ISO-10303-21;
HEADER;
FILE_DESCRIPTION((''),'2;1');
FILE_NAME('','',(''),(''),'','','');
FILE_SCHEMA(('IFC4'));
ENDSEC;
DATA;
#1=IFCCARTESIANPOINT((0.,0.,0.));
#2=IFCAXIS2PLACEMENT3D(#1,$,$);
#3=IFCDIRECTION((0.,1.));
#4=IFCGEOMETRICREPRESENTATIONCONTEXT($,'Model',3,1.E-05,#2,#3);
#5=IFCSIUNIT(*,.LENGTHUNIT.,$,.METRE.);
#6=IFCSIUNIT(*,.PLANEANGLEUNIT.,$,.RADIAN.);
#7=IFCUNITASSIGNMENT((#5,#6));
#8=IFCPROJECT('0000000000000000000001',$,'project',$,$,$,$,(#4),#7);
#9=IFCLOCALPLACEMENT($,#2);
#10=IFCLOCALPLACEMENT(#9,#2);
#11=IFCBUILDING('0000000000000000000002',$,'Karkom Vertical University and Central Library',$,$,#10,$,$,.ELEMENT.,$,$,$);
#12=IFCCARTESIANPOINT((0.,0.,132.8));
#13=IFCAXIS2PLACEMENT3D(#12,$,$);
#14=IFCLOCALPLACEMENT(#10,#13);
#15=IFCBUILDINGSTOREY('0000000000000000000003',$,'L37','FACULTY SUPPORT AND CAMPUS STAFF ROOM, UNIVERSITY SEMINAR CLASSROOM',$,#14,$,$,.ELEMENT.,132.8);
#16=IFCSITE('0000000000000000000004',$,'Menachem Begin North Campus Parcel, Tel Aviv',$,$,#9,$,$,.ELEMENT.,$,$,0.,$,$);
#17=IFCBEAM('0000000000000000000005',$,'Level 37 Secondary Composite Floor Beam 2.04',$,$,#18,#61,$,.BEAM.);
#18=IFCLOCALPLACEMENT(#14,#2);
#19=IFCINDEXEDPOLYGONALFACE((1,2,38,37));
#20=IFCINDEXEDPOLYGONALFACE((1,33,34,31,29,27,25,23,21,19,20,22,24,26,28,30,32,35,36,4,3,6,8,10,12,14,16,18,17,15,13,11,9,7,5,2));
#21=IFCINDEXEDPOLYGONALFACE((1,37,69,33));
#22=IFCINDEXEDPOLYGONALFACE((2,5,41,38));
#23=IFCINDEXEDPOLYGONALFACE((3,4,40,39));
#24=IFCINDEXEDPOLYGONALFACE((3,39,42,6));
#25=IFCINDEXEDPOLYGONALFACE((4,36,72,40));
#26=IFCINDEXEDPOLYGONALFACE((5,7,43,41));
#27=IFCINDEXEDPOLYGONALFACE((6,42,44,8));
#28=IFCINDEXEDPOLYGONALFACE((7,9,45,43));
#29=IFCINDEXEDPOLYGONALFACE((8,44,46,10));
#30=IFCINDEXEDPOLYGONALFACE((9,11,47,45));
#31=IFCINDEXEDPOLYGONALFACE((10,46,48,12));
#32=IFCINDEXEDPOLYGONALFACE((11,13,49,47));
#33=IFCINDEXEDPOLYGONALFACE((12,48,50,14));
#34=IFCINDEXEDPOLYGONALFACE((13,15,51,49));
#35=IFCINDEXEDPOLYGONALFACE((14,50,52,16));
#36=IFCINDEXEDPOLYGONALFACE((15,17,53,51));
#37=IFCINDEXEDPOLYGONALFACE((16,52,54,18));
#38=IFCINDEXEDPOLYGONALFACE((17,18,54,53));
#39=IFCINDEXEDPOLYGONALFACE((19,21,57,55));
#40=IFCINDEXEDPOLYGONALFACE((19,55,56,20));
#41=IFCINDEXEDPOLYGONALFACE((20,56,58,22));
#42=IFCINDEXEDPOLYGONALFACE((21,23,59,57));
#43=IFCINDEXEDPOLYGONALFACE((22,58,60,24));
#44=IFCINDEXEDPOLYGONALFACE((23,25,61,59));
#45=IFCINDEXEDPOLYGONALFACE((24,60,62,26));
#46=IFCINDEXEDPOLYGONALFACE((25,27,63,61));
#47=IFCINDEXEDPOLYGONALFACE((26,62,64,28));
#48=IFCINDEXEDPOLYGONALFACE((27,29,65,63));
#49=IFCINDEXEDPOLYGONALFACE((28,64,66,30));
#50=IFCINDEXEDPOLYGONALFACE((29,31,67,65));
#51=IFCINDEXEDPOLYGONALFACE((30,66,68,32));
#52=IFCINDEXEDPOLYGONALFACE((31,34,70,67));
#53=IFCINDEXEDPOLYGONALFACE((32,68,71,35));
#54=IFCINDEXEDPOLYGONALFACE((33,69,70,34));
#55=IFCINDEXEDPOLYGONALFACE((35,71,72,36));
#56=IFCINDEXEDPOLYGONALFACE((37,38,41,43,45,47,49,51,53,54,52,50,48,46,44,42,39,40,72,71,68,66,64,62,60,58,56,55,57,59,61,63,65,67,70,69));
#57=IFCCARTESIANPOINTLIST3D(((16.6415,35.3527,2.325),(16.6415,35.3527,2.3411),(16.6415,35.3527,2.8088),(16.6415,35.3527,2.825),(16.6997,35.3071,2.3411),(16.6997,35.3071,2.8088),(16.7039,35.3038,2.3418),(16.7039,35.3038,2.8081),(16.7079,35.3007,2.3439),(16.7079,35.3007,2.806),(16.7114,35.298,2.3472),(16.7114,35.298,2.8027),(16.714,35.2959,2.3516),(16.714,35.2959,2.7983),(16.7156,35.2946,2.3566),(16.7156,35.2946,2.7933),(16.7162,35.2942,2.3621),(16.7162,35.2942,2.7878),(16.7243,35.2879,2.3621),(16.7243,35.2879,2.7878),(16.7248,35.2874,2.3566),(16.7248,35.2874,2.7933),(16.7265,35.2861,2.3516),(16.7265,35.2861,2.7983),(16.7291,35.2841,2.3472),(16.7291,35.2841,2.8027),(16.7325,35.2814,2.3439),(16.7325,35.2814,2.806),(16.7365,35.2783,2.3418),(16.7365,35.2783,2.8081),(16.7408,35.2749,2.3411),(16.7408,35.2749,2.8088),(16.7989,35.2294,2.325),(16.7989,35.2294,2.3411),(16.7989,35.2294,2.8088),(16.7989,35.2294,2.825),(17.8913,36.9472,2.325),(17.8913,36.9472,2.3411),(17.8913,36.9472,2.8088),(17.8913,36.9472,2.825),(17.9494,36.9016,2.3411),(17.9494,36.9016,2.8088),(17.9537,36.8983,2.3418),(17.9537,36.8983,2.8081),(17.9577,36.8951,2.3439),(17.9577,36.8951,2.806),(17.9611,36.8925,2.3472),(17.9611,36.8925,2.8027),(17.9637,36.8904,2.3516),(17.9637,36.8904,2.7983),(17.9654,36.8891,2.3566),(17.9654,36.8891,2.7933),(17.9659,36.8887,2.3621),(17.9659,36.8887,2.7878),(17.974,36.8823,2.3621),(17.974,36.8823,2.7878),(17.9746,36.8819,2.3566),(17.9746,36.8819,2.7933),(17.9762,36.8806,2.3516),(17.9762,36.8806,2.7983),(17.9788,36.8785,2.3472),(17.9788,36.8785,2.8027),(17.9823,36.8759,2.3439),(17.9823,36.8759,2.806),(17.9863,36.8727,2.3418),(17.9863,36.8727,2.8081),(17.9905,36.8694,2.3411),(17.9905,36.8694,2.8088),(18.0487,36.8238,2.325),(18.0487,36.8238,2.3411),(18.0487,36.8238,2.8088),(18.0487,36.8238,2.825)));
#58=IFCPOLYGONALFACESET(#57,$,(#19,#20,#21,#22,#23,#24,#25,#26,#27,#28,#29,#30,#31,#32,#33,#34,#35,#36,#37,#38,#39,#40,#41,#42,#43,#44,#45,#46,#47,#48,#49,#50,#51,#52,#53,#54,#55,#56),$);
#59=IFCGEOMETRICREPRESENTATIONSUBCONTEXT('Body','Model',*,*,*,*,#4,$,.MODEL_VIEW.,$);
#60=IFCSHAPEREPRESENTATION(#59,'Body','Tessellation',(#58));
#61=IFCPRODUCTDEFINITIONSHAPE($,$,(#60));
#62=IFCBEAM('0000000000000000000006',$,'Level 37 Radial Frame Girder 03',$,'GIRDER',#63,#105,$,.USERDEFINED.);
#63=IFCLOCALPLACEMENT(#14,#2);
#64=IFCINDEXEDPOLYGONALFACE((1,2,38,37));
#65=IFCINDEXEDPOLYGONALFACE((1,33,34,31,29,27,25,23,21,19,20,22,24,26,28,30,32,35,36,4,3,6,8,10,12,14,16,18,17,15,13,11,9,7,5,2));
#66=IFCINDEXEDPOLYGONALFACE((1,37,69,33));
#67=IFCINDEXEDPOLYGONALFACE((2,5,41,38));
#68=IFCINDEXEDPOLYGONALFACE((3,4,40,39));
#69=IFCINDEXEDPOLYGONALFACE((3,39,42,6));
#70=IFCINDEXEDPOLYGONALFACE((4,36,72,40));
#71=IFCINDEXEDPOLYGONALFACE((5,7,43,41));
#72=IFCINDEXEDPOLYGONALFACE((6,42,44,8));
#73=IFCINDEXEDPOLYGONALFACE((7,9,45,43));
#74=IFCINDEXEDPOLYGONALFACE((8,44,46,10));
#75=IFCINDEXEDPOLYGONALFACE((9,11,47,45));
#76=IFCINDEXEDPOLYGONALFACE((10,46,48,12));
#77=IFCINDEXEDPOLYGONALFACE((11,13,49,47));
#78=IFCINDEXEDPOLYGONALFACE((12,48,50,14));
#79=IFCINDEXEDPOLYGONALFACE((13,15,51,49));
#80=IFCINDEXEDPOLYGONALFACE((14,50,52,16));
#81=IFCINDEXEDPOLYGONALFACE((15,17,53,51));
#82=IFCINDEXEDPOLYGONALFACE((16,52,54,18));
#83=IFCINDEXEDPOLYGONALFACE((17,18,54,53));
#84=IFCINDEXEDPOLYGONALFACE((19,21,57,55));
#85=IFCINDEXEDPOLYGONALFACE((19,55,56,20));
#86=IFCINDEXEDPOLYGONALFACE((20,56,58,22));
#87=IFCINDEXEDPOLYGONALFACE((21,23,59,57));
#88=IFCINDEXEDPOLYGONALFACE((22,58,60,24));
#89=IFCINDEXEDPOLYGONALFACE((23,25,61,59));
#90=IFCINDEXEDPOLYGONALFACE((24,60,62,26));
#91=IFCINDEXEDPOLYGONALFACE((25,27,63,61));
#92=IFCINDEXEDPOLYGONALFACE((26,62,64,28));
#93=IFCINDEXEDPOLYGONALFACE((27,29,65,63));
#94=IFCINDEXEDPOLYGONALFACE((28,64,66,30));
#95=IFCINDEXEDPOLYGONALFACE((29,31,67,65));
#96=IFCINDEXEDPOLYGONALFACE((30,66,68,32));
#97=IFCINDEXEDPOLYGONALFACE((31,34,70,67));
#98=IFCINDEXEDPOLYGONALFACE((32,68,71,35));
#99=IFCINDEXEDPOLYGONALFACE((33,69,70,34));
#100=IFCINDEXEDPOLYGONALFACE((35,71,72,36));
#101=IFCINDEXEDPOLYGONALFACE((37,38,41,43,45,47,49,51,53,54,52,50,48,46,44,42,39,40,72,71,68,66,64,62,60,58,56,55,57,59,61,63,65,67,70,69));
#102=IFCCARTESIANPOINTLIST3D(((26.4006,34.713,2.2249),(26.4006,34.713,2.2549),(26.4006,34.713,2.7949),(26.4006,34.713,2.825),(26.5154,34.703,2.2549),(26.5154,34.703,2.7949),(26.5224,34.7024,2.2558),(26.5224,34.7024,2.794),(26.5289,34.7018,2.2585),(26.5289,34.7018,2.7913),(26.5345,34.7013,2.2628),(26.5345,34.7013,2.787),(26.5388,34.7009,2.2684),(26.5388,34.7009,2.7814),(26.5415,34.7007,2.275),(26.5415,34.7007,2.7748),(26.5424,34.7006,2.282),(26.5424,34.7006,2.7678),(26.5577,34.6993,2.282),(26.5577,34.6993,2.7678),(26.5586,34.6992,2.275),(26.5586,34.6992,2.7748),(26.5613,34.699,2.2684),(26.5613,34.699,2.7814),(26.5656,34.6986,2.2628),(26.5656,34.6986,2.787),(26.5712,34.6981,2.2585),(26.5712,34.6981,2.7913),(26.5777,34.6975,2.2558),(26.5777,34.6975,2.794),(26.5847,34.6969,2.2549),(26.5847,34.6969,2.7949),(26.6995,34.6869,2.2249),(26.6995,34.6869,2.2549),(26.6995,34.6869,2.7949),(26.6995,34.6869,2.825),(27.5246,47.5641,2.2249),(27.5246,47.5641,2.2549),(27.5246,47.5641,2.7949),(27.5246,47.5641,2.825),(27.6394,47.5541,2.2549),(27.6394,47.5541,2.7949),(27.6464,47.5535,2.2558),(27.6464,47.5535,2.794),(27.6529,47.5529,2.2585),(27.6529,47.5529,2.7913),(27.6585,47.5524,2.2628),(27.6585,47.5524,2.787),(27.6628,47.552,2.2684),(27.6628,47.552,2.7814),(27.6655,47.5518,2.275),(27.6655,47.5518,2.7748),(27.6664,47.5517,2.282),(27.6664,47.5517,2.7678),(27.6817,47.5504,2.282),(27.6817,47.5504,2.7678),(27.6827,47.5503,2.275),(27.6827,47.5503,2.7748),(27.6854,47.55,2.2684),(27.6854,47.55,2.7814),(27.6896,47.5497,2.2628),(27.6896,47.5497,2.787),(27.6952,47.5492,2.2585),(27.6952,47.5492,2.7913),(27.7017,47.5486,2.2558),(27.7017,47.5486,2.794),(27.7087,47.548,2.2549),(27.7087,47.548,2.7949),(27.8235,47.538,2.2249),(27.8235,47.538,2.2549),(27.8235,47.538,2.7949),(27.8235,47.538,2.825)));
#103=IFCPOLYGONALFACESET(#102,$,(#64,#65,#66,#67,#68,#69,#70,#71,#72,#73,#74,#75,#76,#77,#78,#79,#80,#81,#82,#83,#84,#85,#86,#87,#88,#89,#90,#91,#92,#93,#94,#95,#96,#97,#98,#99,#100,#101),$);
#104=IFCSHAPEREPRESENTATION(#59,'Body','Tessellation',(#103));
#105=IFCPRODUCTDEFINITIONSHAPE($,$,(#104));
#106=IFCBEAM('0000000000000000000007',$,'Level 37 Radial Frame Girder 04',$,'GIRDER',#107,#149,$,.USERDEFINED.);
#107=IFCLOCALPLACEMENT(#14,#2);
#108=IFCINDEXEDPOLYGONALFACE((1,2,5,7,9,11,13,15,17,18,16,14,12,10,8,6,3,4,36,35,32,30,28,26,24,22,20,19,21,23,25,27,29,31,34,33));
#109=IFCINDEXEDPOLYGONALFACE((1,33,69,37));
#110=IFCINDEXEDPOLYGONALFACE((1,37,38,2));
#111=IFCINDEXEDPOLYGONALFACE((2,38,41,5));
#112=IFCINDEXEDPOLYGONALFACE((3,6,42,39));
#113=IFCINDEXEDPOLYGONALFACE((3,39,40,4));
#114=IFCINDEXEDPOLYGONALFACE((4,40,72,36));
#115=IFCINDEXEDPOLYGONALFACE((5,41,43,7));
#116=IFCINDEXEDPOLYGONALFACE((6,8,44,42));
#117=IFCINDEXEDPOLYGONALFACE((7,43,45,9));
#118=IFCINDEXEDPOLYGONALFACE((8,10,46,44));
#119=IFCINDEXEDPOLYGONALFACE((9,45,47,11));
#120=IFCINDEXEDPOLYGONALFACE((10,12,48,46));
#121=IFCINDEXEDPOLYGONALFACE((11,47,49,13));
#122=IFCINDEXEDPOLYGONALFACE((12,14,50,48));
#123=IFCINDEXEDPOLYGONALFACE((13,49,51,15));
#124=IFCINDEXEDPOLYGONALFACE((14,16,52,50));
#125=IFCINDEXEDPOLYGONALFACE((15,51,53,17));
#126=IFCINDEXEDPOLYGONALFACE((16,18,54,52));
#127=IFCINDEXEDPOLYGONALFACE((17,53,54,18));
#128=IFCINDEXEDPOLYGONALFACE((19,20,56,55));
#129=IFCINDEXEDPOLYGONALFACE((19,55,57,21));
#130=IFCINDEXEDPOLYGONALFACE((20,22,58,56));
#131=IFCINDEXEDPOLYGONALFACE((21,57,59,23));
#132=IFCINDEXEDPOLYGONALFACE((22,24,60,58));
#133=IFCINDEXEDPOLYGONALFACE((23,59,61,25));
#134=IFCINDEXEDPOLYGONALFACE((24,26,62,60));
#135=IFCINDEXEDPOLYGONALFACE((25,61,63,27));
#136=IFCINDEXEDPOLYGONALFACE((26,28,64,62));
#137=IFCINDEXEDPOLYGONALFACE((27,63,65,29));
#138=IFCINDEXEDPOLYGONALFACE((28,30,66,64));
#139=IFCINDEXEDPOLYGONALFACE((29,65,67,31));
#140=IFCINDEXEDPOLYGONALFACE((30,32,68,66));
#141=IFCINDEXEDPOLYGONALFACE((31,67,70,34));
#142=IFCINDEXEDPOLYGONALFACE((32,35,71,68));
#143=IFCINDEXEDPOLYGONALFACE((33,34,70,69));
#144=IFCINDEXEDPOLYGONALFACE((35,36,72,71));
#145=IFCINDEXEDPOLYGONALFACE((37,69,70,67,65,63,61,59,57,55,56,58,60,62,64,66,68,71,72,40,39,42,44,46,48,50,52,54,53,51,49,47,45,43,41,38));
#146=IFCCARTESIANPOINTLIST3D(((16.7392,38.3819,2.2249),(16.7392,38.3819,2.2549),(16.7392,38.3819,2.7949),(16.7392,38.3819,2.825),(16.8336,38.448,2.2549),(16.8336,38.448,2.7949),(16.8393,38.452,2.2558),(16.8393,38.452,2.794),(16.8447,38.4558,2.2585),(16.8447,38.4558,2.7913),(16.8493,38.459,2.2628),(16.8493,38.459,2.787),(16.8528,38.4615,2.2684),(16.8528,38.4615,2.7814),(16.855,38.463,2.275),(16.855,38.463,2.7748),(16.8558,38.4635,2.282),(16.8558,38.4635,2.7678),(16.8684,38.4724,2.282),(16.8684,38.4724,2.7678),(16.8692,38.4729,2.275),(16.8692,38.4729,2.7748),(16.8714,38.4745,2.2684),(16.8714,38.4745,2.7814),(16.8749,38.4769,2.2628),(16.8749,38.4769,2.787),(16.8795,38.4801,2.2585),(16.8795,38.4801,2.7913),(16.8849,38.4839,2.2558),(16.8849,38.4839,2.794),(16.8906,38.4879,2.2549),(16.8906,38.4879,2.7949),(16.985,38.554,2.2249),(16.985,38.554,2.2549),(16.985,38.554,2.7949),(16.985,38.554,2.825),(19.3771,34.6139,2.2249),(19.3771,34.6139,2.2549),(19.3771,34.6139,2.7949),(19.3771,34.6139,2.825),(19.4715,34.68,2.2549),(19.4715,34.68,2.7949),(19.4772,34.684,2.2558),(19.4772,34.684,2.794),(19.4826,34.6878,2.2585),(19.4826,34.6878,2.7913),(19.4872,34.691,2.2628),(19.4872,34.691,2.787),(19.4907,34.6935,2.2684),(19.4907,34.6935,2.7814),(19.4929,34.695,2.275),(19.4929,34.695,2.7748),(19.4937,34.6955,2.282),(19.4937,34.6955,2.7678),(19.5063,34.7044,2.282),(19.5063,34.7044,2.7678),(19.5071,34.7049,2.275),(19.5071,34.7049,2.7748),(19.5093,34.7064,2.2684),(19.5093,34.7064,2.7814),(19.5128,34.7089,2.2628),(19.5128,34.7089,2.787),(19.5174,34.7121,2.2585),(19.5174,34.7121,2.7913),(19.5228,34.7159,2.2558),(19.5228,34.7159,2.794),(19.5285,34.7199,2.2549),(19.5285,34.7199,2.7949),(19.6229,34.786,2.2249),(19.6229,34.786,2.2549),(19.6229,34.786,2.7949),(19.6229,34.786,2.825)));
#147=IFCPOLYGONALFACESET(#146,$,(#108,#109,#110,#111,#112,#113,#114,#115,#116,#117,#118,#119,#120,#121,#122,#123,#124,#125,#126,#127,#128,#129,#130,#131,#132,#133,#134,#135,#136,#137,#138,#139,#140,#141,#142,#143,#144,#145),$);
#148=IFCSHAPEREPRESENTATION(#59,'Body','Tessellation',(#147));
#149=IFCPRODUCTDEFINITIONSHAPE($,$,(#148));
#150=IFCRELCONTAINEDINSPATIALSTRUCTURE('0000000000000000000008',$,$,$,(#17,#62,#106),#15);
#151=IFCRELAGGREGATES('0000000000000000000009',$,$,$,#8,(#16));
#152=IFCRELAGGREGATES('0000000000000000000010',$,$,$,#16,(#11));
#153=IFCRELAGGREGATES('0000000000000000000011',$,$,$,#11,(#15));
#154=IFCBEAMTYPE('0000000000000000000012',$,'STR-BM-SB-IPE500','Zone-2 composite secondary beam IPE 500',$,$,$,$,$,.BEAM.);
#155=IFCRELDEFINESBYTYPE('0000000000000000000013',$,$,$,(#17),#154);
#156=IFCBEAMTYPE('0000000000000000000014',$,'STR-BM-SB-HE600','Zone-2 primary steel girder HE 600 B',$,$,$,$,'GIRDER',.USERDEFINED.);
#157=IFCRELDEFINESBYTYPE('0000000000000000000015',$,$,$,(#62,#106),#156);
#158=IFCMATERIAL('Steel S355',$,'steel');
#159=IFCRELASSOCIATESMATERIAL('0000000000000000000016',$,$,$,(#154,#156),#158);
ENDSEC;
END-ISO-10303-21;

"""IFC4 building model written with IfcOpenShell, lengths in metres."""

from ifc_helpers import new_model, si_unit, direction, frame, origin, origin_with_axes, origin_2d, place, context, subcontext, project, spatial, i_section, extrude, source, transform, mapped, material, material_profile, profile_set, type_object, element, save


model = new_model("IFC4")

# Units and contexts
model_context = context("Model", 3, precision=1e-05, world=origin(), true_north=direction((0.0, 1.0)))
body_context = subcontext(model_context, "Body", "Model", "MODEL_VIEW")
ifc_project = project(units=[si_unit("LENGTHUNIT", "METRE"), si_unit("PLANEANGLEUNIT", "RADIAN")], contexts=[model_context])

# Site, building, storey
site_placement = place(None, origin())
site = spatial("IfcSite", under=ifc_project, at=site_placement, Name="Menachem Begin North Campus Parcel, Tel Aviv", CompositionType="ELEMENT", RefElevation=0.0)
building_placement = place(site_placement, origin())
building = spatial("IfcBuilding", under=site, at=building_placement, Name="Karkom Vertical University and Central Library", CompositionType="ELEMENT")
storey_placement = place(building_placement, frame((0.0, 0.0, 132.8)))
storey = spatial("IfcBuildingStorey", under=building, at=storey_placement, Name="L37", Description="FACULTY SUPPORT AND CAMPUS STAFF ROOM, UNIVERSITY SEMINAR CLASSROOM", CompositionType="ELEMENT", Elevation=132.8)

# Beams
ifc_material_1 = material(Name="Steel S355", Category="steel")
ifc_material_profile_1 = material_profile(ifc_material_1, i_section(OverallWidth=0.2, OverallDepth=0.5, WebThickness=0.0103, FlangeThickness=0.0161, FilletRadius=0.021, at=origin_2d()), Name="IPE 500")
ifc_profile_set_1 = profile_set([ifc_material_profile_1], Name="Steel S355")
beam_type_1 = type_object("IfcBeamType", Name="STR-BM-SB-IPE500", Description="Zone-2 composite secondary beam IPE 500", PredefinedType="BEAM", material=ifc_profile_set_1)
shared_shape_1 = source(origin_with_axes(), body_context, "Body", "SweptSolid", [
    extrude(i_section(OverallWidth=0.2, OverallDepth=0.5, WebThickness=0.0103, FlangeThickness=0.0161, FilletRadius=0.021, at=origin_2d()), origin(), (0.0, 0.0, 1.0), 2.0259),
])
beam_1_placement = place(storey_placement, frame((17.97, 36.8855, 2.575), z_axis=(-0.61689, -0.78705, 0.0), x_axis=(0.78705, -0.61689, 0.0)))
element("IfcBeam", 1, at=beam_1_placement, inside=storey, type_object=beam_type_1, Name="Level 37 Secondary Composite Floor Beam 2.04", PredefinedType="BEAM", context=body_context, shape_type="MappedRepresentation", body=[
    mapped(shared_shape_1, transform((0.0, 0.0, 0.0), scale=1.0)),
])
ifc_material_profile_2 = material_profile(ifc_material_1, i_section(OverallWidth=0.3, OverallDepth=0.6001, WebThickness=0.0154, FlangeThickness=0.03, FilletRadius=0.0271, at=origin_2d()), Name="HE 600 B")
ifc_profile_set_2 = profile_set([ifc_material_profile_2], Name="Steel S355")
beam_type_2 = type_object("IfcBeamType", Name="STR-BM-SB-HE600", Description="Zone-2 primary steel girder HE 600 B", ElementType="GIRDER", PredefinedType="USERDEFINED", material=ifc_profile_set_2)
shared_shape_2 = source(origin_with_axes(), body_context, "Body", "SweptSolid", [
    extrude(i_section(OverallWidth=0.3, OverallDepth=0.6001, WebThickness=0.0154, FlangeThickness=0.03, FilletRadius=0.0271, at=origin_2d()), origin(), (0.0, 0.0, 1.0), 12.9001),
])
beam_2_placement = place(storey_placement, frame((26.55, 34.7, 2.5249), z_axis=(0.087133, 0.996197, 0.0), x_axis=(-0.996197, 0.087133, 0.0)))
element("IfcBeam", 2, at=beam_2_placement, inside=storey, type_object=beam_type_2, Name="Level 37 Radial Frame Girder 03", ObjectType="GIRDER", PredefinedType="USERDEFINED", context=body_context, shape_type="MappedRepresentation", body=[
    mapped(shared_shape_2, transform((0.0, 0.0, 0.0), scale=1.0)),
])
shared_shape_3 = source(origin_with_axes(), body_context, "Body", "SweptSolid", [
    extrude(i_section(OverallWidth=0.3, OverallDepth=0.6001, WebThickness=0.0154, FlangeThickness=0.03, FilletRadius=0.0271, at=origin_2d()), origin(), (0.0, 0.0, 1.0), 4.5996),
])
beam_3_placement = place(storey_placement, frame((19.5, 34.7, 2.5249), z_axis=(-0.573505, 0.819202, 0.0), x_axis=(-0.819202, -0.573505, 0.0)))
element("IfcBeam", 3, at=beam_3_placement, inside=storey, type_object=beam_type_2, Name="Level 37 Radial Frame Girder 04", ObjectType="GIRDER", PredefinedType="USERDEFINED", context=body_context, shape_type="MappedRepresentation", body=[
    mapped(shared_shape_3, transform((0.0, 0.0, 0.0), scale=1.0)),
])

save(model, "model.ifc")
